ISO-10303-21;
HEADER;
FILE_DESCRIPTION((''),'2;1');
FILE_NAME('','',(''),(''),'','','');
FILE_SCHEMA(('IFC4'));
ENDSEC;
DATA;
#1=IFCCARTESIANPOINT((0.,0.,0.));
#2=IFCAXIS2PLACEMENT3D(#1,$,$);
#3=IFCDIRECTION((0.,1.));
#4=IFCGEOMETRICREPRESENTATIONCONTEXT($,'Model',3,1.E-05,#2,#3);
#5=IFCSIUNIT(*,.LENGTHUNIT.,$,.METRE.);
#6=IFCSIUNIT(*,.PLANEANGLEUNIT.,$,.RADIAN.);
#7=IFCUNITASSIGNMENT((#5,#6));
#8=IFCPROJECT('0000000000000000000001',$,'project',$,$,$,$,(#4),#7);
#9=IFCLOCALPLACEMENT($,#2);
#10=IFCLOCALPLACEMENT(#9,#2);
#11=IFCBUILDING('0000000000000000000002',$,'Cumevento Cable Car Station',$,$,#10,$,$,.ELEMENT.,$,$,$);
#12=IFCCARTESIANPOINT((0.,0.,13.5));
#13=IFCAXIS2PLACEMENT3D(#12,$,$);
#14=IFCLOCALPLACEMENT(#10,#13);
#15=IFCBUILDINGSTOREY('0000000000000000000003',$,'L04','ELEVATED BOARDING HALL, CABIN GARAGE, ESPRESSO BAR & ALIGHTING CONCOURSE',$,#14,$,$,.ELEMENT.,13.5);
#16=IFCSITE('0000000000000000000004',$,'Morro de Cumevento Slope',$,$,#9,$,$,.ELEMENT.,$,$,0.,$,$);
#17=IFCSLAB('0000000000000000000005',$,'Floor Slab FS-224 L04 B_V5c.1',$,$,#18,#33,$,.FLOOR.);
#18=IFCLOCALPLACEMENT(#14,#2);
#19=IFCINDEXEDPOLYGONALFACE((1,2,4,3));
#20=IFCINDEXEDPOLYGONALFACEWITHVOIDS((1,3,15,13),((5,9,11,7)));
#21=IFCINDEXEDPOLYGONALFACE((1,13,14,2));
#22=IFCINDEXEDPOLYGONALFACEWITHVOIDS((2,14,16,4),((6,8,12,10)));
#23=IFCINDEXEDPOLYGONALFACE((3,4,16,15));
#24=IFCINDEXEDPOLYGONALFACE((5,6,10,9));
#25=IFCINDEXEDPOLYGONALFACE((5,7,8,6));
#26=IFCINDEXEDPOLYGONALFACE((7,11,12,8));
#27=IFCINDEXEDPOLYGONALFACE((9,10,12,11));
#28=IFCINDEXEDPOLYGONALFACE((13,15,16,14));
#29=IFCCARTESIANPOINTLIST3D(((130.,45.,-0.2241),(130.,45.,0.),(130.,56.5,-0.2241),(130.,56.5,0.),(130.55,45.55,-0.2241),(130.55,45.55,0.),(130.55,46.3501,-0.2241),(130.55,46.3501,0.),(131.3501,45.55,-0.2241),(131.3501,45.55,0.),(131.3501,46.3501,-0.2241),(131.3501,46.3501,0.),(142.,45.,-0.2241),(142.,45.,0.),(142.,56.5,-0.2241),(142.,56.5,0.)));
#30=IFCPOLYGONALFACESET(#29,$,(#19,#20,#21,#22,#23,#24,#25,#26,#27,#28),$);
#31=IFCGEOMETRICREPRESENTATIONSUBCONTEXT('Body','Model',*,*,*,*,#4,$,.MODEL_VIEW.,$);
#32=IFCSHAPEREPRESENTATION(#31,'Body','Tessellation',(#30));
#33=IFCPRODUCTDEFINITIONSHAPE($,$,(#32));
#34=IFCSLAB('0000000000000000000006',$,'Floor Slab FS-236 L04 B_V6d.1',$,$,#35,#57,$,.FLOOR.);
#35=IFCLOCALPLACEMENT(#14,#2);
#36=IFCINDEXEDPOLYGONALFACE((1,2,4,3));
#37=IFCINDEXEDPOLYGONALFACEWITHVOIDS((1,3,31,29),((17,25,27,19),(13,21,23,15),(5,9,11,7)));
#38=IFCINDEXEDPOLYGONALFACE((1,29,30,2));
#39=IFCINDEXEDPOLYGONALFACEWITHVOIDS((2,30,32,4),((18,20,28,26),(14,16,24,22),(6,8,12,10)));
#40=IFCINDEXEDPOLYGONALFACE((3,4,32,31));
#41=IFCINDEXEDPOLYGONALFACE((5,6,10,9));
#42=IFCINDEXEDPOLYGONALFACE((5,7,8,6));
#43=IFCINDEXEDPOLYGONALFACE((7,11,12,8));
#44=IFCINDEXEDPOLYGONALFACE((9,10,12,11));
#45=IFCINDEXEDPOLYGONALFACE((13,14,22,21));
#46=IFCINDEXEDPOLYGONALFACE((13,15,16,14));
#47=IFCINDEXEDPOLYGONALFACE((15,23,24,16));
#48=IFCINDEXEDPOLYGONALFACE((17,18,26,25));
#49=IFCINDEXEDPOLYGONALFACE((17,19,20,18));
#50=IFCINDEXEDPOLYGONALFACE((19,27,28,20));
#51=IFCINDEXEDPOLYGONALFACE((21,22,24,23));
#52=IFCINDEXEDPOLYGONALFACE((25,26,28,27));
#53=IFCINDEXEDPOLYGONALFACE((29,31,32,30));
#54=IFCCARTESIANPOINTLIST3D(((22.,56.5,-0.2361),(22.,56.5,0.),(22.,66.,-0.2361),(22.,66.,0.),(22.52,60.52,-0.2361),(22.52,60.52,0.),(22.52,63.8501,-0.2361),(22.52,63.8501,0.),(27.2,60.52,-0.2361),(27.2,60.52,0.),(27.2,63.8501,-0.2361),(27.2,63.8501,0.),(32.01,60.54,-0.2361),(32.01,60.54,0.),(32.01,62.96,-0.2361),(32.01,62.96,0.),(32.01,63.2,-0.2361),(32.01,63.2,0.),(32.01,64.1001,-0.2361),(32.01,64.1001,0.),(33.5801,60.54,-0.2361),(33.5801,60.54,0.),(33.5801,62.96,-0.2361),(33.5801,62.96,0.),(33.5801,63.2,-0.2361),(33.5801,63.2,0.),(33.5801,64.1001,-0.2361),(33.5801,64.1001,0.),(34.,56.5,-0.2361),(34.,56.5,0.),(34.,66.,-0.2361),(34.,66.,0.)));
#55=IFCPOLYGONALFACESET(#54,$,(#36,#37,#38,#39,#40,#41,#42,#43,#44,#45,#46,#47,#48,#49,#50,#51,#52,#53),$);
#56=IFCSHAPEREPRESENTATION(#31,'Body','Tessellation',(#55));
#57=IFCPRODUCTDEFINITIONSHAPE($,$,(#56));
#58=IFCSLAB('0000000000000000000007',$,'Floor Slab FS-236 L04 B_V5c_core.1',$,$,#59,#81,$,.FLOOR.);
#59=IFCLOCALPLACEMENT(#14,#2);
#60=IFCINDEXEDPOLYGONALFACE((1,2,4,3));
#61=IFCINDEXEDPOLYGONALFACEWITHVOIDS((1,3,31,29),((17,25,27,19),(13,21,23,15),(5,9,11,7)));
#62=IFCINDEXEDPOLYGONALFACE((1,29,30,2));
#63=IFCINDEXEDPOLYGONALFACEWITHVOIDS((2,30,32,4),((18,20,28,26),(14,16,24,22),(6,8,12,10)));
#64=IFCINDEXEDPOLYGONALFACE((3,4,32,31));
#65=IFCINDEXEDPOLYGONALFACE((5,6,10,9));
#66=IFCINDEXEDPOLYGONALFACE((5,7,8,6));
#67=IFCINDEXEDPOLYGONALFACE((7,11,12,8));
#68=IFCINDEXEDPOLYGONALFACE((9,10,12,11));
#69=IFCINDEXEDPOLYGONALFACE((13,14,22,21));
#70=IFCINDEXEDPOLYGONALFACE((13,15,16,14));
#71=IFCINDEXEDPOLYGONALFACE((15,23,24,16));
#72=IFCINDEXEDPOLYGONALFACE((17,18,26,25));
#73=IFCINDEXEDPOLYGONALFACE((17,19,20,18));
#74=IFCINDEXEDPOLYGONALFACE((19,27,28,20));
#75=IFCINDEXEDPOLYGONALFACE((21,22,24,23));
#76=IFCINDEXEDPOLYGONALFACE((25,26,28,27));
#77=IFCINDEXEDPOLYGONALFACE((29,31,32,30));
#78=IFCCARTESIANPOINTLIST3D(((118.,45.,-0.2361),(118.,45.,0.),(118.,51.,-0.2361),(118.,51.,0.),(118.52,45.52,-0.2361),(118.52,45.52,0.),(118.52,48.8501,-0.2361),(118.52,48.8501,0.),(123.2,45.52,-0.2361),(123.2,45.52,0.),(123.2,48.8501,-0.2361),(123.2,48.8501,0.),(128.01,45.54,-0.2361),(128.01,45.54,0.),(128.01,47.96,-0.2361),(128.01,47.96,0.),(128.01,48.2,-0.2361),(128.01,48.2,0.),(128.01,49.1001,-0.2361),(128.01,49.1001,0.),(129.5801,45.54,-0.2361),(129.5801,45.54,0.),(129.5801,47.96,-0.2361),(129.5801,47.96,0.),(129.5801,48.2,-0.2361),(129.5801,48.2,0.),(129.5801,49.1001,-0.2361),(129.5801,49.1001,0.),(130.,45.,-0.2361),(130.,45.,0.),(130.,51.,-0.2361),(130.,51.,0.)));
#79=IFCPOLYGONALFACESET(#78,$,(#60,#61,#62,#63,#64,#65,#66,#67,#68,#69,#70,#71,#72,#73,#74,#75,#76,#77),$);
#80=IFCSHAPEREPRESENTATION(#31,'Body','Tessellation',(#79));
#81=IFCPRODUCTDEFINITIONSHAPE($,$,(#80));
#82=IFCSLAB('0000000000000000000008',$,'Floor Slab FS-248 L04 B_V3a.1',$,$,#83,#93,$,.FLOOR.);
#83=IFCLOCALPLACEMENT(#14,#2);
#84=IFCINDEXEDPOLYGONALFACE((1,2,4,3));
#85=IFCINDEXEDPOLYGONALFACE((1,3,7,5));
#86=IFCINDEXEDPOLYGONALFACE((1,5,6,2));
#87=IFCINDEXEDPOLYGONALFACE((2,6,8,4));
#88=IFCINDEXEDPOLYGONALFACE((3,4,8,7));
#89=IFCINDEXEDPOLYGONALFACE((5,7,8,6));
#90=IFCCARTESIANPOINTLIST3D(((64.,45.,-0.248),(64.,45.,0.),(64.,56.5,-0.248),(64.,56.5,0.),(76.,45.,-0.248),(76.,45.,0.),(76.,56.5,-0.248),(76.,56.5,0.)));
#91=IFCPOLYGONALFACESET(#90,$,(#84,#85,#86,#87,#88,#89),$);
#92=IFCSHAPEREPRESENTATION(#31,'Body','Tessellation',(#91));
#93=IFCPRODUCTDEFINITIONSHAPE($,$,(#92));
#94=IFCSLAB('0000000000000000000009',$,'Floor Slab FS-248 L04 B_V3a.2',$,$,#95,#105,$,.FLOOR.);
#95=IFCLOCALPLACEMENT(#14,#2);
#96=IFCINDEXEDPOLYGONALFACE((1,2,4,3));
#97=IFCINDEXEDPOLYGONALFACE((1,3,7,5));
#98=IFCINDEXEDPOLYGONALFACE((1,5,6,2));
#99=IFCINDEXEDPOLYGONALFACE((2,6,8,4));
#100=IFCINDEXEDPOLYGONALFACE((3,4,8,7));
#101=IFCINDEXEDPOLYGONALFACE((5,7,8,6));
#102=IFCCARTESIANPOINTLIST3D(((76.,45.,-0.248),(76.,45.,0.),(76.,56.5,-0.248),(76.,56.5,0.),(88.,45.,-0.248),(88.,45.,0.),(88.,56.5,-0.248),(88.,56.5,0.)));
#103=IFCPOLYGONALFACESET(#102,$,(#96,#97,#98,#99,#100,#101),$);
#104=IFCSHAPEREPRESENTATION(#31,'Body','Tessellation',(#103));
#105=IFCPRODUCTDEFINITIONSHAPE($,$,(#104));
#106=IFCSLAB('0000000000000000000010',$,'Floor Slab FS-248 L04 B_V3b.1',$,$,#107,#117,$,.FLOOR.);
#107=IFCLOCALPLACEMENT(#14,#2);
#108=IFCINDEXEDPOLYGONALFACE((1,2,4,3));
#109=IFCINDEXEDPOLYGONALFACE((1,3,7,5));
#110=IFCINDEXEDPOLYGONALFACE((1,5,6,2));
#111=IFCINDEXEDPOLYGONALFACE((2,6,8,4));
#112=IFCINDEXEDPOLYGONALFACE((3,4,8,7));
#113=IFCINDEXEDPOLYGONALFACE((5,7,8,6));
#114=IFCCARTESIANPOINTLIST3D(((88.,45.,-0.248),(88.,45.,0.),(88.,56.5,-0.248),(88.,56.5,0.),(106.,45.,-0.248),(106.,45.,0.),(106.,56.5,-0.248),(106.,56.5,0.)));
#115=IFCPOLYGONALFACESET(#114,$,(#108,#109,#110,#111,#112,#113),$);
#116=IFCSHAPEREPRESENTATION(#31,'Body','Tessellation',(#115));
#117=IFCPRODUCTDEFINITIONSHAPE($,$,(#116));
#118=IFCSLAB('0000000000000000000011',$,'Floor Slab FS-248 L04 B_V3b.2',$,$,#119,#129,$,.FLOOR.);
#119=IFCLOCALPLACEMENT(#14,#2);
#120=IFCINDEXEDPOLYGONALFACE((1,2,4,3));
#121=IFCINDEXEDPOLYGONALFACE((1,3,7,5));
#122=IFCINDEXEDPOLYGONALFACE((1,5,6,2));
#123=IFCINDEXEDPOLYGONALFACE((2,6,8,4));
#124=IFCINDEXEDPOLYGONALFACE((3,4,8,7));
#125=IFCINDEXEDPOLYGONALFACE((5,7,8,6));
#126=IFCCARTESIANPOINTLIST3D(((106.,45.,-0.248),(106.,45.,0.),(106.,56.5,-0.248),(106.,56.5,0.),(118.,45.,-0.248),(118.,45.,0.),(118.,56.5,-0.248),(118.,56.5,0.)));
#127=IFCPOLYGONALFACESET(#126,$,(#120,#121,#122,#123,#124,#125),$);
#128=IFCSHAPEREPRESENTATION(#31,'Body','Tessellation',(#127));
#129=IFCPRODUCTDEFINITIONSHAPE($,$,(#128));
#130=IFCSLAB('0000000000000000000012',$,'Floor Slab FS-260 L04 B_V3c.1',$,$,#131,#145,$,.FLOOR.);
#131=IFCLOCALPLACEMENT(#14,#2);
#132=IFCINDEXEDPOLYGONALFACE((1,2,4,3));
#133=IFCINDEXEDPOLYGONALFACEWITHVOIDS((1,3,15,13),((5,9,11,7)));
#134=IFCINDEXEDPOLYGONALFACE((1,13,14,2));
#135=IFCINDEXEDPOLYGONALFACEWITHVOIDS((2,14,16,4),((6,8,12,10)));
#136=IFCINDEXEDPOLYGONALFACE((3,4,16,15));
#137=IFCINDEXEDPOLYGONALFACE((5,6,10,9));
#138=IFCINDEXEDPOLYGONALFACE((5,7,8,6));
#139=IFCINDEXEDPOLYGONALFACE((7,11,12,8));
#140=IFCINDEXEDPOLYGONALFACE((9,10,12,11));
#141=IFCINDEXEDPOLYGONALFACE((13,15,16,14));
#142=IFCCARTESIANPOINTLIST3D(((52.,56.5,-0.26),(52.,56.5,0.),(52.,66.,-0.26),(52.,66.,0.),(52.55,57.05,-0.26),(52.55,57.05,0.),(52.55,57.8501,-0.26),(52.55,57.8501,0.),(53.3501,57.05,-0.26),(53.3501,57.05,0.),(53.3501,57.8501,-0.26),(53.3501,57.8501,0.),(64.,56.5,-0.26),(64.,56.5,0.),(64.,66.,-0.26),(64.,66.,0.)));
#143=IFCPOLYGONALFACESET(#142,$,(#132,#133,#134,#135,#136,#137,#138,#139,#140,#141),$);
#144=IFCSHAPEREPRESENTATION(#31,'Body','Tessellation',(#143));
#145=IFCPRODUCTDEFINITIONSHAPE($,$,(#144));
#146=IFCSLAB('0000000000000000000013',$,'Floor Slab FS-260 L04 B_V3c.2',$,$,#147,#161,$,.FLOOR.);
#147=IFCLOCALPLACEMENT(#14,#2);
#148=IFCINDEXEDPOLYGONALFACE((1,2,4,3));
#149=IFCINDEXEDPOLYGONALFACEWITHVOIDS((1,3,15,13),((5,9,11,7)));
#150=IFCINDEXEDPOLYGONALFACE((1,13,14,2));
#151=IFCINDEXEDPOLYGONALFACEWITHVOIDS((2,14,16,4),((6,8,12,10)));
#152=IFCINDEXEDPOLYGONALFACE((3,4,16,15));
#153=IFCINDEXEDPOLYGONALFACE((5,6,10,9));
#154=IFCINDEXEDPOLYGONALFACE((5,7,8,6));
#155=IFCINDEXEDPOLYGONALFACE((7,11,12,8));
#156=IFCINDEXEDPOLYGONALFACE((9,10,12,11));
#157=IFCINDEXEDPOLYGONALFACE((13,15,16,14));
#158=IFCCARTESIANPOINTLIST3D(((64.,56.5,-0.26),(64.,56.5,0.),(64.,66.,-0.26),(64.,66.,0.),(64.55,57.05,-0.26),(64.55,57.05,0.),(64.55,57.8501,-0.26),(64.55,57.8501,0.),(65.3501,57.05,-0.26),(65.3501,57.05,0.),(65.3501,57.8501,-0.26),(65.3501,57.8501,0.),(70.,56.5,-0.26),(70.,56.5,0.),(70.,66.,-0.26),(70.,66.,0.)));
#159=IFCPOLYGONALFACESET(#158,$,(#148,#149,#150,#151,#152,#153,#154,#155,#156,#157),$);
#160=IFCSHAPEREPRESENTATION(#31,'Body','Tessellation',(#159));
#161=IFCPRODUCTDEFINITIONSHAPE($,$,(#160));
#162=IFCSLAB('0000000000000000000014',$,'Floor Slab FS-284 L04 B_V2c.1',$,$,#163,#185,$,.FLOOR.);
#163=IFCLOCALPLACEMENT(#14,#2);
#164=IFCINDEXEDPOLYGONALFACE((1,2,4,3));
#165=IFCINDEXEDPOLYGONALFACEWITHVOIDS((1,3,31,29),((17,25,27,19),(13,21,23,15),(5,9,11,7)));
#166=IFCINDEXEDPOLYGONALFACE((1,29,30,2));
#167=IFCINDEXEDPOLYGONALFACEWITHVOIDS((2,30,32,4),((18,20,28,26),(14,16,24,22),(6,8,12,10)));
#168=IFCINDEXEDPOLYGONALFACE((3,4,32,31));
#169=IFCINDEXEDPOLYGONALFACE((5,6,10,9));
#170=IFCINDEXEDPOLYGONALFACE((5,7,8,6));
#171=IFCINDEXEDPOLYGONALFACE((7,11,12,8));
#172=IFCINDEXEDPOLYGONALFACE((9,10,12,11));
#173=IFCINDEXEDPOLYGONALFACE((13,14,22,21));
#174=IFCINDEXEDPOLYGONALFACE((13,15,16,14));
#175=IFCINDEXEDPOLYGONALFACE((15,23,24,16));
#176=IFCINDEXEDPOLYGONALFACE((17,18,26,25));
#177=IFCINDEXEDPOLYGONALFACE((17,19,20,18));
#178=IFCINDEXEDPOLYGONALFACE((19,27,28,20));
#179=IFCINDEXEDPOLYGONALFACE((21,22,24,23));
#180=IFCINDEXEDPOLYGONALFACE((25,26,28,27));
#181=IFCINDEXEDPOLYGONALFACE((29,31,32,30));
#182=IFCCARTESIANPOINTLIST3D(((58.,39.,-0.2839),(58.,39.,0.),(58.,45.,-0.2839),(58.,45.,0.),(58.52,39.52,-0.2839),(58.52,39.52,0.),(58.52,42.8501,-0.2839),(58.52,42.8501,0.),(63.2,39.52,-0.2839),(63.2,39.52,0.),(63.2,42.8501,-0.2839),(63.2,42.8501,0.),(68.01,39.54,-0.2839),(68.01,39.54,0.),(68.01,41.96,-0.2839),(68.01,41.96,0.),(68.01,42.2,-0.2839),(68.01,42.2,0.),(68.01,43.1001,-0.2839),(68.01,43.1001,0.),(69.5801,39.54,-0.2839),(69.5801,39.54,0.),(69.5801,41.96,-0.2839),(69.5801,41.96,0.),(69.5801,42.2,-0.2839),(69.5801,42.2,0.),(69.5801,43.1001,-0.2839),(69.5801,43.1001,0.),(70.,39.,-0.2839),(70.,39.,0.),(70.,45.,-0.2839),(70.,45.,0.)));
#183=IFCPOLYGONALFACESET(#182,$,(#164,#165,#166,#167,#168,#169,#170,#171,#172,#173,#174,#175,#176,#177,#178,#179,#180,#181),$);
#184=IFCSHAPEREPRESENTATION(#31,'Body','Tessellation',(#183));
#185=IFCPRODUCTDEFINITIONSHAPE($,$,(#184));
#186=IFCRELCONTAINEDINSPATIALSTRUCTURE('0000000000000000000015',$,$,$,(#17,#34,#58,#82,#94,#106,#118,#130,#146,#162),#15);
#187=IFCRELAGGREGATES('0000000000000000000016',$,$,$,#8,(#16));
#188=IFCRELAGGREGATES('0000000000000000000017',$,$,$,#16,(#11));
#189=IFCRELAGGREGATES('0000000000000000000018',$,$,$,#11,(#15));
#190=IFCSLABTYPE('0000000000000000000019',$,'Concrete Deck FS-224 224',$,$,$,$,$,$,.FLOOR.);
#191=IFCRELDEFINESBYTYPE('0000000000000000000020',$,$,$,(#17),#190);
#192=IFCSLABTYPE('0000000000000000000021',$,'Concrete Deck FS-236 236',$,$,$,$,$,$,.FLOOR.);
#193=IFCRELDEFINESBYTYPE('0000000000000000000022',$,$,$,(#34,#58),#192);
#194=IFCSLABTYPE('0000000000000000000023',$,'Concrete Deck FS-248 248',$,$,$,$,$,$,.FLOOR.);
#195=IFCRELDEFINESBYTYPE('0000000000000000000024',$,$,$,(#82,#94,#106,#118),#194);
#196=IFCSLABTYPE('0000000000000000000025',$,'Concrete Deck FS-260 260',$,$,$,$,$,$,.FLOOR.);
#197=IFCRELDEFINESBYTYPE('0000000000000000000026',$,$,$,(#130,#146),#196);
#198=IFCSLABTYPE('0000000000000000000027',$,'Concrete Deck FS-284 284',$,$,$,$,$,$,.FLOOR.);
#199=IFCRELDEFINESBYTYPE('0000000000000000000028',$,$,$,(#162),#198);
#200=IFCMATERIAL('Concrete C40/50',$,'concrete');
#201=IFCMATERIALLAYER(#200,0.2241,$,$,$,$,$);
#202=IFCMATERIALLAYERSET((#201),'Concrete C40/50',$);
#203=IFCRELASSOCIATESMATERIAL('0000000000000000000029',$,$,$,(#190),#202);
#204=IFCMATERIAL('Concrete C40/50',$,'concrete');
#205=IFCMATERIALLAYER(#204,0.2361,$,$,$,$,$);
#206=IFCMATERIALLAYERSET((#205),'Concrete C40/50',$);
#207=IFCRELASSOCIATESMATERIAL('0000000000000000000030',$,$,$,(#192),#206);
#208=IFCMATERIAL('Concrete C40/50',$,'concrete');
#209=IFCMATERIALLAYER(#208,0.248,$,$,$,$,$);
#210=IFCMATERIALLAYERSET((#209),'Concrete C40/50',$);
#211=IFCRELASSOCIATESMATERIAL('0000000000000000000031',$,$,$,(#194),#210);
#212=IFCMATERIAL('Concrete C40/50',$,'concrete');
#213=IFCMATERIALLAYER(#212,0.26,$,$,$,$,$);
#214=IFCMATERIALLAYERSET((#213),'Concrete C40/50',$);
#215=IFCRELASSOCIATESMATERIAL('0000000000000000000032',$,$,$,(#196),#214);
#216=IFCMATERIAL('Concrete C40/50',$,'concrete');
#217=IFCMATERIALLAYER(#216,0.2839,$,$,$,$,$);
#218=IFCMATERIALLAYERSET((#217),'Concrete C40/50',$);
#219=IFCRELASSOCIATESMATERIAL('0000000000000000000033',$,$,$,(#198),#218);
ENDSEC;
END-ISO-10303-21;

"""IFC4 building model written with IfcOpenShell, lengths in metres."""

from ifc_helpers import new_model, si_unit, direction, frame, origin, place, context, subcontext, project, spatial, polyline, outline, extrude, material, layer, layer_set, type_object, element, save


model = new_model("IFC4")

# Units and contexts
model_context = context("Model", 3, precision=1e-05, world=origin(), true_north=direction((0.0, 1.0)))
body_context = subcontext(model_context, "Body", "Model", "MODEL_VIEW")
ifc_project = project(units=[si_unit("LENGTHUNIT", "METRE"), si_unit("PLANEANGLEUNIT", "RADIAN")], contexts=[model_context])

# Site, building, storey
site_placement = place(None, origin())
site = spatial("IfcSite", under=ifc_project, at=site_placement, Name="Morro de Cumevento Slope", CompositionType="ELEMENT", RefElevation=0.0)
building_placement = place(site_placement, origin())
building = spatial("IfcBuilding", under=site, at=building_placement, Name="Cumevento Cable Car Station", CompositionType="ELEMENT")
storey_placement = place(building_placement, frame((0.0, 0.0, 13.5)))
storey = spatial("IfcBuildingStorey", under=building, at=storey_placement, Name="L04", Description="ELEVATED BOARDING HALL, CABIN GARAGE, ESPRESSO BAR & ALIGHTING CONCOURSE", CompositionType="ELEMENT", Elevation=13.5)

# Slabs
ifc_material_1 = material(Name="Concrete C40/50", Category="concrete")
ifc_layer_1 = layer(ifc_material_1, 0.2241)
ifc_layer_set_1 = layer_set([ifc_layer_1], Name="Concrete C40/50")
slab_type_1 = type_object("IfcSlabType", Name="Concrete Deck FS-224 224", PredefinedType="FLOOR", material=ifc_layer_set_1)
slab_1_placement = place(storey_placement, frame((0.0, 0.0, -0.2241)))
element("IfcSlab", 1, at=slab_1_placement, inside=storey, type_object=slab_type_1, Name="Floor Slab FS-224 L04 B_V5c.1", PredefinedType="FLOOR", context=body_context, shape_type="SweptSolid", body=[
    extrude(outline(polyline([(130.0, 45.0), (142.0, 45.0), (142.0, 56.5), (130.0, 56.5), (130.0, 45.0)]), holes=[polyline([(130.55, 45.55), (131.3501, 45.55), (131.3501, 46.3501), (130.55, 46.3501), (130.55, 45.55)])]), origin(), (0.0, 0.0, 1.0), 0.2241),
])
ifc_material_2 = material(Name="Concrete C40/50", Category="concrete")
ifc_layer_2 = layer(ifc_material_2, 0.2361)
ifc_layer_set_2 = layer_set([ifc_layer_2], Name="Concrete C40/50")
slab_type_2 = type_object("IfcSlabType", Name="Concrete Deck FS-236 236", PredefinedType="FLOOR", material=ifc_layer_set_2)
slab_2_placement = place(storey_placement, frame((0.0, 0.0, -0.2361)))
element("IfcSlab", 2, at=slab_2_placement, inside=storey, type_object=slab_type_2, Name="Floor Slab FS-236 L04 B_V6d.1", PredefinedType="FLOOR", context=body_context, shape_type="SweptSolid", body=[
    extrude(outline(polyline([(22.0, 56.5), (34.0, 56.5), (34.0, 66.0), (22.0, 66.0), (22.0, 56.5)]), holes=[polyline([(32.01, 60.54), (33.5801, 60.54), (33.5801, 62.96), (32.01, 62.96), (32.01, 60.54)]), polyline([(22.52, 60.52), (27.2, 60.52), (27.2, 63.8501), (22.52, 63.8501), (22.52, 60.52)]), polyline([(32.01, 63.2), (33.5801, 63.2), (33.5801, 64.1001), (32.01, 64.1001), (32.01, 63.2)])]), origin(), (0.0, 0.0, 1.0), 0.2361),
])
slab_3_placement = place(storey_placement, frame((0.0, 0.0, -0.2361)))
element("IfcSlab", 3, at=slab_3_placement, inside=storey, type_object=slab_type_2, Name="Floor Slab FS-236 L04 B_V5c_core.1", PredefinedType="FLOOR", context=body_context, shape_type="SweptSolid", body=[
    extrude(outline(polyline([(118.0, 45.0), (130.0, 45.0), (130.0, 51.0), (118.0, 51.0), (118.0, 45.0)]), holes=[polyline([(128.01, 45.54), (129.5801, 45.54), (129.5801, 47.96), (128.01, 47.96), (128.01, 45.54)]), polyline([(118.52, 45.52), (123.2, 45.52), (123.2, 48.8501), (118.52, 48.8501), (118.52, 45.52)]), polyline([(128.01, 48.2), (129.5801, 48.2), (129.5801, 49.1001), (128.01, 49.1001), (128.01, 48.2)])]), origin(), (0.0, 0.0, 1.0), 0.2361),
])
ifc_material_3 = material(Name="Concrete C40/50", Category="concrete")
ifc_layer_3 = layer(ifc_material_3, 0.248)
ifc_layer_set_3 = layer_set([ifc_layer_3], Name="Concrete C40/50")
slab_type_3 = type_object("IfcSlabType", Name="Concrete Deck FS-248 248", PredefinedType="FLOOR", material=ifc_layer_set_3)
slab_4_placement = place(storey_placement, frame((0.0, 0.0, -0.248)))
element("IfcSlab", 4, at=slab_4_placement, inside=storey, type_object=slab_type_3, Name="Floor Slab FS-248 L04 B_V3a.1", PredefinedType="FLOOR", context=body_context, shape_type="SweptSolid", body=[
    extrude(outline(polyline([(64.0, 45.0), (76.0, 45.0), (76.0, 56.5), (64.0, 56.5), (64.0, 45.0)])), origin(), (0.0, 0.0, 1.0), 0.248),
])
slab_5_placement = place(storey_placement, frame((0.0, 0.0, -0.248)))
element("IfcSlab", 5, at=slab_5_placement, inside=storey, type_object=slab_type_3, Name="Floor Slab FS-248 L04 B_V3a.2", PredefinedType="FLOOR", context=body_context, shape_type="SweptSolid", body=[
    extrude(outline(polyline([(76.0, 45.0), (88.0, 45.0), (88.0, 56.5), (76.0, 56.5), (76.0, 45.0)])), origin(), (0.0, 0.0, 1.0), 0.248),
])
slab_6_placement = place(storey_placement, frame((0.0, 0.0, -0.248)))
element("IfcSlab", 6, at=slab_6_placement, inside=storey, type_object=slab_type_3, Name="Floor Slab FS-248 L04 B_V3b.1", PredefinedType="FLOOR", context=body_context, shape_type="SweptSolid", body=[
    extrude(outline(polyline([(88.0, 45.0), (106.0, 45.0), (106.0, 56.5), (88.0, 56.5), (88.0, 45.0)])), origin(), (0.0, 0.0, 1.0), 0.248),
])
slab_7_placement = place(storey_placement, frame((0.0, 0.0, -0.248)))
element("IfcSlab", 7, at=slab_7_placement, inside=storey, type_object=slab_type_3, Name="Floor Slab FS-248 L04 B_V3b.2", PredefinedType="FLOOR", context=body_context, shape_type="SweptSolid", body=[
    extrude(outline(polyline([(106.0, 45.0), (118.0, 45.0), (118.0, 56.5), (106.0, 56.5), (106.0, 45.0)])), origin(), (0.0, 0.0, 1.0), 0.248),
])
ifc_material_4 = material(Name="Concrete C40/50", Category="concrete")
ifc_layer_4 = layer(ifc_material_4, 0.26)
ifc_layer_set_4 = layer_set([ifc_layer_4], Name="Concrete C40/50")
slab_type_4 = type_object("IfcSlabType", Name="Concrete Deck FS-260 260", PredefinedType="FLOOR", material=ifc_layer_set_4)
slab_8_placement = place(storey_placement, frame((0.0, 0.0, -0.26)))
element("IfcSlab", 8, at=slab_8_placement, inside=storey, type_object=slab_type_4, Name="Floor Slab FS-260 L04 B_V3c.1", PredefinedType="FLOOR", context=body_context, shape_type="SweptSolid", body=[
    extrude(outline(polyline([(52.0, 56.5), (64.0, 56.5), (64.0, 66.0), (52.0, 66.0), (52.0, 56.5)]), holes=[polyline([(52.55, 57.05), (53.3501, 57.05), (53.3501, 57.8501), (52.55, 57.8501), (52.55, 57.05)])]), origin(), (0.0, 0.0, 1.0), 0.26),
])
slab_9_placement = place(storey_placement, frame((0.0, 0.0, -0.26)))
element("IfcSlab", 9, at=slab_9_placement, inside=storey, type_object=slab_type_4, Name="Floor Slab FS-260 L04 B_V3c.2", PredefinedType="FLOOR", context=body_context, shape_type="SweptSolid", body=[
    extrude(outline(polyline([(64.0, 56.5), (70.0, 56.5), (70.0, 66.0), (64.0, 66.0), (64.0, 56.5)]), holes=[polyline([(64.55, 57.05), (65.3501, 57.05), (65.3501, 57.8501), (64.55, 57.8501), (64.55, 57.05)])]), origin(), (0.0, 0.0, 1.0), 0.26),
])
ifc_material_5 = material(Name="Concrete C40/50", Category="concrete")
ifc_layer_5 = layer(ifc_material_5, 0.2839)
ifc_layer_set_5 = layer_set([ifc_layer_5], Name="Concrete C40/50")
slab_type_5 = type_object("IfcSlabType", Name="Concrete Deck FS-284 284", PredefinedType="FLOOR", material=ifc_layer_set_5)
slab_10_placement = place(storey_placement, frame((0.0, 0.0, -0.2839)))
element("IfcSlab", 10, at=slab_10_placement, inside=storey, type_object=slab_type_5, Name="Floor Slab FS-284 L04 B_V2c.1", PredefinedType="FLOOR", context=body_context, shape_type="SweptSolid", body=[
    extrude(outline(polyline([(58.0, 39.0), (70.0, 39.0), (70.0, 45.0), (58.0, 45.0), (58.0, 39.0)]), holes=[polyline([(68.01, 39.54), (69.5801, 39.54), (69.5801, 41.96), (68.01, 41.96), (68.01, 39.54)]), polyline([(58.52, 39.52), (63.2, 39.52), (63.2, 42.8501), (58.52, 42.8501), (58.52, 39.52)]), polyline([(68.01, 42.2), (69.5801, 42.2), (69.5801, 43.1001), (68.01, 43.1001), (68.01, 42.2)])]), origin(), (0.0, 0.0, 1.0), 0.2839),
])

save(model, "model.ifc")
